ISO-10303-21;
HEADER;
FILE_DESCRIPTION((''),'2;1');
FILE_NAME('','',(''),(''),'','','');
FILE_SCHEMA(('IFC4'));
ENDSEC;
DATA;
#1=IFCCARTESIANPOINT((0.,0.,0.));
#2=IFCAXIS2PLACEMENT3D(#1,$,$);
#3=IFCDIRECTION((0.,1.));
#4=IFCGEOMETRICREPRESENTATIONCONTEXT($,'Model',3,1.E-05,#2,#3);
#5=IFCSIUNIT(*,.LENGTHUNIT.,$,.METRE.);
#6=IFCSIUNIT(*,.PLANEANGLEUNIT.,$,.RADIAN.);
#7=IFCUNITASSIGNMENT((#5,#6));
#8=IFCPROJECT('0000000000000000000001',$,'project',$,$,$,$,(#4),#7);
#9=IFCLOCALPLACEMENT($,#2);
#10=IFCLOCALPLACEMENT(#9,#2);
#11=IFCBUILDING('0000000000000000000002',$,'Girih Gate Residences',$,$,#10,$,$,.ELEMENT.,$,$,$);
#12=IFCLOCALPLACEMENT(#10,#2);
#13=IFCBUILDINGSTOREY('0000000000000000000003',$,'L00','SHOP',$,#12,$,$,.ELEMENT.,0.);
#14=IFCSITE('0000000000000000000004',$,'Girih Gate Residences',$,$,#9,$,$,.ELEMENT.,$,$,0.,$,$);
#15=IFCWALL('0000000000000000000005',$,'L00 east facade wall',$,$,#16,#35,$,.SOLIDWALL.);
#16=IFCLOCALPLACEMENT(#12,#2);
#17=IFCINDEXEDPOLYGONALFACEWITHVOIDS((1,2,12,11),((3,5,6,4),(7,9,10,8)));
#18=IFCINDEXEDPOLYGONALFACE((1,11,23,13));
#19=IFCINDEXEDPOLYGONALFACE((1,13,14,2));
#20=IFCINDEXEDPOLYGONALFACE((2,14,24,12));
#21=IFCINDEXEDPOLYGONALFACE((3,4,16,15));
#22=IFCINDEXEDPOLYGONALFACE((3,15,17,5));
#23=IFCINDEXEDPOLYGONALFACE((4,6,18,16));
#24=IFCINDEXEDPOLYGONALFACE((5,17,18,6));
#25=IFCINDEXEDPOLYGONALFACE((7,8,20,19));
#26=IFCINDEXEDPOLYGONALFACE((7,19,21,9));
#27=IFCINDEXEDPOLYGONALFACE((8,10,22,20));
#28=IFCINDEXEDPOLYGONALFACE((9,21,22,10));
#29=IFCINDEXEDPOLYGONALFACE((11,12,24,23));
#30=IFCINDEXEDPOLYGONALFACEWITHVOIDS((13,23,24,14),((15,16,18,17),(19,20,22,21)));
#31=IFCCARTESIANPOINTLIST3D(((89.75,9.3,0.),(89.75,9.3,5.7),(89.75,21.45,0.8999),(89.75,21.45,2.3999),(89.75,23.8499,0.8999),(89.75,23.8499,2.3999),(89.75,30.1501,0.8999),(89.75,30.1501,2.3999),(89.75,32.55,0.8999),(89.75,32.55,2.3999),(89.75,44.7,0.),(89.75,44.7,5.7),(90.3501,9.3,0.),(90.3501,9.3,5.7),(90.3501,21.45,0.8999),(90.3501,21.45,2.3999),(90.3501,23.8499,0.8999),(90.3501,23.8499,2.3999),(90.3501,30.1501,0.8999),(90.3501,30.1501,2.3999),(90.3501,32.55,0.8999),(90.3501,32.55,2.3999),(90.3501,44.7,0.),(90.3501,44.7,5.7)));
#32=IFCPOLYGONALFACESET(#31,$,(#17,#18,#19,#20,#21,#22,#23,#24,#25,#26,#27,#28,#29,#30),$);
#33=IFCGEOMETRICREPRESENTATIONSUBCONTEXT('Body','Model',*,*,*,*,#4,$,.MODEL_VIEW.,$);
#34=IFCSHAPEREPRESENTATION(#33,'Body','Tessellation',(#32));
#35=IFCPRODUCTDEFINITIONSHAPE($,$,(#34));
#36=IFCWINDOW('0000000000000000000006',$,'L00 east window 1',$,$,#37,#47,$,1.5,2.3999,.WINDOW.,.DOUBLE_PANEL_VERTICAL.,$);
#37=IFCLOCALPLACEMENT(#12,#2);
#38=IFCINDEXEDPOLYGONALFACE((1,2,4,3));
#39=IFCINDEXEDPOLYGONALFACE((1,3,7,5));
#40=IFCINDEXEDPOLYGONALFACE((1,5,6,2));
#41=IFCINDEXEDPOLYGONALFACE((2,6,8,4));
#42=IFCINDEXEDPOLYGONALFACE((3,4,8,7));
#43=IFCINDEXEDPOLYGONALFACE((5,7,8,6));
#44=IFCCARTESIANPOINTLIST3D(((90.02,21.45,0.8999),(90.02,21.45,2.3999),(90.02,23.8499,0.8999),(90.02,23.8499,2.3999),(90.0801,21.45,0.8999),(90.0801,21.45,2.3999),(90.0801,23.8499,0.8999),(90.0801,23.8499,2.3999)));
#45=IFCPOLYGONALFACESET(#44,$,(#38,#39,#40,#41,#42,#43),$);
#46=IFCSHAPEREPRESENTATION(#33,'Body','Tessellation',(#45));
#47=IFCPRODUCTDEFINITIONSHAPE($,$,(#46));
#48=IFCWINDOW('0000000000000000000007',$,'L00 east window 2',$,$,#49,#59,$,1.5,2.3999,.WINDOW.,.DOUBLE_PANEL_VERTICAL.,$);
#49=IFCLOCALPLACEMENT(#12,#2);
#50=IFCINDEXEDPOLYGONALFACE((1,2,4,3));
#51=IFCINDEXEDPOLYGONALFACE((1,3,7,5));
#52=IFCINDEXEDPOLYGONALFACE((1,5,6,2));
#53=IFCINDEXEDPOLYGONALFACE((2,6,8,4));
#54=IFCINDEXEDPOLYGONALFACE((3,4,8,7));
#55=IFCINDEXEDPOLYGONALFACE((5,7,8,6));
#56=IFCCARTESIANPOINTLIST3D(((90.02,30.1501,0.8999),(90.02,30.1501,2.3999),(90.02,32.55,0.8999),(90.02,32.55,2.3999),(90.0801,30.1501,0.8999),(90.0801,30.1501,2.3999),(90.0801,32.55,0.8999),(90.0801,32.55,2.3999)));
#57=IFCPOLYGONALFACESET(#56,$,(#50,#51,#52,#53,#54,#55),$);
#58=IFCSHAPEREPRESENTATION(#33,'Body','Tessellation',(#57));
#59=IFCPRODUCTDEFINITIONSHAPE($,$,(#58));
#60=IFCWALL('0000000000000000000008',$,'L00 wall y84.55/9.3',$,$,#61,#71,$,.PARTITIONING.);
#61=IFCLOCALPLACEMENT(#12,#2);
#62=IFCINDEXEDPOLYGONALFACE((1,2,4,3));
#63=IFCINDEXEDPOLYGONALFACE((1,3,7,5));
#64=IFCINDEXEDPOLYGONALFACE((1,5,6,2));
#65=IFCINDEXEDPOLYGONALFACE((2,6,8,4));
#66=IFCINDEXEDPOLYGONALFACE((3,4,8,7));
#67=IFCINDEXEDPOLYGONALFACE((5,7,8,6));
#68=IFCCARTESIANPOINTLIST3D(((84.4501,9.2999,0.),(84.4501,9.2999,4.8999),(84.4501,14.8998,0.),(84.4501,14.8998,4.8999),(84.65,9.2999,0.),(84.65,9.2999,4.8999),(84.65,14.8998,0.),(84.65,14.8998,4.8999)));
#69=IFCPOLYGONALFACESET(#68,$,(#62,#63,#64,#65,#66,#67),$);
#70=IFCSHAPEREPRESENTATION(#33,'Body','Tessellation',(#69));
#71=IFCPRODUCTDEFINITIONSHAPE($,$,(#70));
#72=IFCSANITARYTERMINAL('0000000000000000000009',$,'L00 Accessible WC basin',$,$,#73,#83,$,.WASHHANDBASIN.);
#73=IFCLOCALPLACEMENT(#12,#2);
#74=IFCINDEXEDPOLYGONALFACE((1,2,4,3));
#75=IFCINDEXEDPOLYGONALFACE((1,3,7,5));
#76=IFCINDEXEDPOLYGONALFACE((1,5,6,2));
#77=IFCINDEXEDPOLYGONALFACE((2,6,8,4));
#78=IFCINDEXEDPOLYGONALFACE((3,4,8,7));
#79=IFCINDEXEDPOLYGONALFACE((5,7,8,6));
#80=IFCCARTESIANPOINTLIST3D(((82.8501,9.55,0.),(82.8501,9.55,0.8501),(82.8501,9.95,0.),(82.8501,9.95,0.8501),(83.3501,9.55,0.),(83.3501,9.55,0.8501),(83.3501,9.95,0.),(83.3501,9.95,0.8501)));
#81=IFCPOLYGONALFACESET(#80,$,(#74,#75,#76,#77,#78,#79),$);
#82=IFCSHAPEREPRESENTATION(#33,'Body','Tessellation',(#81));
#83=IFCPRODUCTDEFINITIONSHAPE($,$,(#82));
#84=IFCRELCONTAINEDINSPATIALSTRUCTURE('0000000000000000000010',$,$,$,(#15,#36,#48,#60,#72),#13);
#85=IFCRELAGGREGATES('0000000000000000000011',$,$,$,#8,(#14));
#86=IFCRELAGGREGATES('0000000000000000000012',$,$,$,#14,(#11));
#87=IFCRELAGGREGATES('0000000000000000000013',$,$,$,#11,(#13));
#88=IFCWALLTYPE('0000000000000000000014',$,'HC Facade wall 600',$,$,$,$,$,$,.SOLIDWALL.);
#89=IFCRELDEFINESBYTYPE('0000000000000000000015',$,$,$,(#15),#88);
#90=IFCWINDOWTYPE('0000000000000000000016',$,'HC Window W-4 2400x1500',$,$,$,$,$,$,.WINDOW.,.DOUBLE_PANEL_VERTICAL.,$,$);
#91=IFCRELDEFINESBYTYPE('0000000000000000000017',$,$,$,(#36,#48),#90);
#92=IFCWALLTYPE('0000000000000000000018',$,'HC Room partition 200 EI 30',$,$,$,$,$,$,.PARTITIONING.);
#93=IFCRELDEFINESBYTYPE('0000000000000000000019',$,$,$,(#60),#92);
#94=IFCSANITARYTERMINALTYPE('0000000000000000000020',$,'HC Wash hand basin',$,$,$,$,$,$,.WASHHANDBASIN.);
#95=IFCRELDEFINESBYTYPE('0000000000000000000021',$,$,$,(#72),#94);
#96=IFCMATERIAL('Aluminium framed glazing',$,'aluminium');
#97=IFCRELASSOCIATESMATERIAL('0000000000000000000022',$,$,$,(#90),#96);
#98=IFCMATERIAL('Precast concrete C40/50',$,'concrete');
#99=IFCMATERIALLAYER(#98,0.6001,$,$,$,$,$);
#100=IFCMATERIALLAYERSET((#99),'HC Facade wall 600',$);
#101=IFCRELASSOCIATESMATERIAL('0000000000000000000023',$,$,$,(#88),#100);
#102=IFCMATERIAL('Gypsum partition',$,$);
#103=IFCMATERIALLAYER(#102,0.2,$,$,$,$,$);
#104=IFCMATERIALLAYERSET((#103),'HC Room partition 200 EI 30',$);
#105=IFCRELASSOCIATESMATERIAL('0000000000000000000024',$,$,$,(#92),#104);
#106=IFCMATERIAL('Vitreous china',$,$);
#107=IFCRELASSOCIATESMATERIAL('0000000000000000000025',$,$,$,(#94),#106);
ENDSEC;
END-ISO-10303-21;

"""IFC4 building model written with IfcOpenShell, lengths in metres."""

from ifc_helpers import new_model, si_unit, direction, frame, frame_2d, origin, origin_2d, place, context, subcontext, project, spatial, rectangle, extrude, material, layer, layer_set, type_object, element, fill, save


model = new_model("IFC4")

# Units and contexts
model_context = context("Model", 3, precision=1e-05, world=origin(), true_north=direction((0.0, 1.0)))
body_context = subcontext(model_context, "Body", "Model", "MODEL_VIEW")
ifc_project = project(units=[si_unit("LENGTHUNIT", "METRE"), si_unit("PLANEANGLEUNIT", "RADIAN")], contexts=[model_context])

# Site, building, storey
site_placement = place(None, origin())
site = spatial("IfcSite", under=ifc_project, at=site_placement, Name="Girih Gate Residences", CompositionType="ELEMENT", RefElevation=0.0)
building_placement = place(site_placement, origin())
building = spatial("IfcBuilding", under=site, at=building_placement, Name="Girih Gate Residences", CompositionType="ELEMENT")
storey_placement = place(building_placement, origin())
storey = spatial("IfcBuildingStorey", under=building, at=storey_placement, Name="L00", Description="SHOP", CompositionType="ELEMENT", Elevation=0.0)

# Wall, openings, windows
ifc_material_1 = material(Name="Precast concrete C40/50", Category="concrete")
ifc_material_2 = material(Name="Aluminium framed glazing", Category="aluminium")
window_type = type_object("IfcWindowType", Name="HC Window W-4 2400x1500", PartitioningType="DOUBLE_PANEL_VERTICAL", PredefinedType="WINDOW", material=ifc_material_2)
ifc_layer_1 = layer(ifc_material_1, 0.6001)
ifc_layer_set_1 = layer_set([ifc_layer_1], Name="HC Facade wall 600")
wall_type_1 = type_object("IfcWallType", Name="HC Facade wall 600", PredefinedType="SOLIDWALL", material=ifc_layer_set_1)
wall_1_placement = place(storey_placement, frame((90.05, 9.3, 0.0), z_axis=(0.0, 0.0, 1.0), x_axis=(0.0, 1.0, 0.0)))
wall_1 = element("IfcWall", 1, at=wall_1_placement, inside=storey, type_object=wall_type_1, Name="L00 east facade wall", PredefinedType="SOLIDWALL", context=body_context, shape_type="SweptSolid", body=[
    extrude(rectangle(XDim=35.3999, YDim=0.6001, at=frame_2d((17.7, 0.0))), origin(), (0.0, 0.0, 1.0), 5.7),
])
opening_1_placement = place(wall_1_placement, frame((12.1499, 0.0, 0.8999)))
opening_1 = element("IfcOpeningElement", 2, at=opening_1_placement, cuts=wall_1, PredefinedType="OPENING", context=body_context, shape_type="SweptSolid", body=[
    extrude(rectangle(XDim=2.3999, YDim=1.5, at=frame_2d((1.2, 0.75))), frame((0.0, 0.3101, 0.0), z_axis=(0.0, -1.0, 0.0), x_axis=(1.0, 0.0, 0.0)), (0.0, 0.0, 1.0), 0.6201),
])
opening_2_placement = place(wall_1_placement, frame((20.8501, 0.0, 0.8999)))
opening_2 = element("IfcOpeningElement", 3, at=opening_2_placement, cuts=wall_1, PredefinedType="OPENING", context=body_context, shape_type="SweptSolid", body=[
    extrude(rectangle(XDim=2.3999, YDim=1.5, at=frame_2d((1.2, 0.75))), frame((0.0, 0.3101, 0.0), z_axis=(0.0, -1.0, 0.0), x_axis=(1.0, 0.0, 0.0)), (0.0, 0.0, 1.0), 0.6201),
])
window_1_placement = place(opening_1_placement, origin())
window_1 = element("IfcWindow", 4, at=window_1_placement, inside=storey, type_object=window_type, Name="L00 east window 1", OverallHeight=1.5, OverallWidth=2.3999, PartitioningType="DOUBLE_PANEL_VERTICAL", PredefinedType="WINDOW", context=body_context, shape_type="SweptSolid", body=[
    extrude(rectangle(XDim=2.3999, YDim=1.5, at=frame_2d((1.2, 0.75))), frame((0.0, 0.03, 0.0), z_axis=(0.0, -1.0, 0.0), x_axis=(1.0, 0.0, 0.0)), (0.0, 0.0, 1.0), 0.0601),
])
fill(opening_1, window_1)
window_2_placement = place(opening_2_placement, origin())
window_2 = element("IfcWindow", 5, at=window_2_placement, inside=storey, type_object=window_type, Name="L00 east window 2", OverallHeight=1.5, OverallWidth=2.3999, PartitioningType="DOUBLE_PANEL_VERTICAL", PredefinedType="WINDOW", context=body_context, shape_type="SweptSolid", body=[
    extrude(rectangle(XDim=2.3999, YDim=1.5, at=frame_2d((1.2, 0.75))), frame((0.0, 0.03, 0.0), z_axis=(0.0, -1.0, 0.0), x_axis=(1.0, 0.0, 0.0)), (0.0, 0.0, 1.0), 0.0601),
])
fill(opening_2, window_2)

# Wall
ifc_material_3 = material(Name="Gypsum partition")
ifc_layer_2 = layer(ifc_material_3, 0.2)
ifc_layer_set_2 = layer_set([ifc_layer_2], Name="HC Room partition 200 EI 30")
wall_type_2 = type_object("IfcWallType", Name="HC Room partition 200 EI 30", PredefinedType="PARTITIONING", material=ifc_layer_set_2)
wall_2_placement = place(storey_placement, frame((84.55, 9.3, 0.0), z_axis=(0.0, 0.0, 1.0), x_axis=(0.0, 1.0, 0.0)))
element("IfcWall", 6, at=wall_2_placement, inside=storey, type_object=wall_type_2, Name="L00 wall y84.55/9.3", PredefinedType="PARTITIONING", context=body_context, shape_type="SweptSolid", body=[
    extrude(rectangle(XDim=5.5999, YDim=0.2, at=frame_2d((2.7998, 0.0))), origin(), (0.0, 0.0, 1.0), 4.8999),
])

# Sanitary terminal
ifc_material_4 = material(Name="Vitreous china")
sanitary_terminal_type = type_object("IfcSanitaryTerminalType", Name="HC Wash hand basin", PredefinedType="WASHHANDBASIN", material=ifc_material_4)
sanitary_terminal_placement = place(storey_placement, frame((83.1001, 9.75, 0.0), z_axis=(0.0, 0.0, 1.0), x_axis=(1.0, 0.0, 0.0)))
element("IfcSanitaryTerminal", 7, at=sanitary_terminal_placement, inside=storey, type_object=sanitary_terminal_type, Name="L00 Accessible WC basin", PredefinedType="WASHHANDBASIN", context=body_context, shape_type="SweptSolid", body=[
    extrude(rectangle(XDim=0.5, YDim=0.3999, at=origin_2d()), origin(), (0.0, 0.0, 1.0), 0.8501),
])

save(model, "model.ifc")
